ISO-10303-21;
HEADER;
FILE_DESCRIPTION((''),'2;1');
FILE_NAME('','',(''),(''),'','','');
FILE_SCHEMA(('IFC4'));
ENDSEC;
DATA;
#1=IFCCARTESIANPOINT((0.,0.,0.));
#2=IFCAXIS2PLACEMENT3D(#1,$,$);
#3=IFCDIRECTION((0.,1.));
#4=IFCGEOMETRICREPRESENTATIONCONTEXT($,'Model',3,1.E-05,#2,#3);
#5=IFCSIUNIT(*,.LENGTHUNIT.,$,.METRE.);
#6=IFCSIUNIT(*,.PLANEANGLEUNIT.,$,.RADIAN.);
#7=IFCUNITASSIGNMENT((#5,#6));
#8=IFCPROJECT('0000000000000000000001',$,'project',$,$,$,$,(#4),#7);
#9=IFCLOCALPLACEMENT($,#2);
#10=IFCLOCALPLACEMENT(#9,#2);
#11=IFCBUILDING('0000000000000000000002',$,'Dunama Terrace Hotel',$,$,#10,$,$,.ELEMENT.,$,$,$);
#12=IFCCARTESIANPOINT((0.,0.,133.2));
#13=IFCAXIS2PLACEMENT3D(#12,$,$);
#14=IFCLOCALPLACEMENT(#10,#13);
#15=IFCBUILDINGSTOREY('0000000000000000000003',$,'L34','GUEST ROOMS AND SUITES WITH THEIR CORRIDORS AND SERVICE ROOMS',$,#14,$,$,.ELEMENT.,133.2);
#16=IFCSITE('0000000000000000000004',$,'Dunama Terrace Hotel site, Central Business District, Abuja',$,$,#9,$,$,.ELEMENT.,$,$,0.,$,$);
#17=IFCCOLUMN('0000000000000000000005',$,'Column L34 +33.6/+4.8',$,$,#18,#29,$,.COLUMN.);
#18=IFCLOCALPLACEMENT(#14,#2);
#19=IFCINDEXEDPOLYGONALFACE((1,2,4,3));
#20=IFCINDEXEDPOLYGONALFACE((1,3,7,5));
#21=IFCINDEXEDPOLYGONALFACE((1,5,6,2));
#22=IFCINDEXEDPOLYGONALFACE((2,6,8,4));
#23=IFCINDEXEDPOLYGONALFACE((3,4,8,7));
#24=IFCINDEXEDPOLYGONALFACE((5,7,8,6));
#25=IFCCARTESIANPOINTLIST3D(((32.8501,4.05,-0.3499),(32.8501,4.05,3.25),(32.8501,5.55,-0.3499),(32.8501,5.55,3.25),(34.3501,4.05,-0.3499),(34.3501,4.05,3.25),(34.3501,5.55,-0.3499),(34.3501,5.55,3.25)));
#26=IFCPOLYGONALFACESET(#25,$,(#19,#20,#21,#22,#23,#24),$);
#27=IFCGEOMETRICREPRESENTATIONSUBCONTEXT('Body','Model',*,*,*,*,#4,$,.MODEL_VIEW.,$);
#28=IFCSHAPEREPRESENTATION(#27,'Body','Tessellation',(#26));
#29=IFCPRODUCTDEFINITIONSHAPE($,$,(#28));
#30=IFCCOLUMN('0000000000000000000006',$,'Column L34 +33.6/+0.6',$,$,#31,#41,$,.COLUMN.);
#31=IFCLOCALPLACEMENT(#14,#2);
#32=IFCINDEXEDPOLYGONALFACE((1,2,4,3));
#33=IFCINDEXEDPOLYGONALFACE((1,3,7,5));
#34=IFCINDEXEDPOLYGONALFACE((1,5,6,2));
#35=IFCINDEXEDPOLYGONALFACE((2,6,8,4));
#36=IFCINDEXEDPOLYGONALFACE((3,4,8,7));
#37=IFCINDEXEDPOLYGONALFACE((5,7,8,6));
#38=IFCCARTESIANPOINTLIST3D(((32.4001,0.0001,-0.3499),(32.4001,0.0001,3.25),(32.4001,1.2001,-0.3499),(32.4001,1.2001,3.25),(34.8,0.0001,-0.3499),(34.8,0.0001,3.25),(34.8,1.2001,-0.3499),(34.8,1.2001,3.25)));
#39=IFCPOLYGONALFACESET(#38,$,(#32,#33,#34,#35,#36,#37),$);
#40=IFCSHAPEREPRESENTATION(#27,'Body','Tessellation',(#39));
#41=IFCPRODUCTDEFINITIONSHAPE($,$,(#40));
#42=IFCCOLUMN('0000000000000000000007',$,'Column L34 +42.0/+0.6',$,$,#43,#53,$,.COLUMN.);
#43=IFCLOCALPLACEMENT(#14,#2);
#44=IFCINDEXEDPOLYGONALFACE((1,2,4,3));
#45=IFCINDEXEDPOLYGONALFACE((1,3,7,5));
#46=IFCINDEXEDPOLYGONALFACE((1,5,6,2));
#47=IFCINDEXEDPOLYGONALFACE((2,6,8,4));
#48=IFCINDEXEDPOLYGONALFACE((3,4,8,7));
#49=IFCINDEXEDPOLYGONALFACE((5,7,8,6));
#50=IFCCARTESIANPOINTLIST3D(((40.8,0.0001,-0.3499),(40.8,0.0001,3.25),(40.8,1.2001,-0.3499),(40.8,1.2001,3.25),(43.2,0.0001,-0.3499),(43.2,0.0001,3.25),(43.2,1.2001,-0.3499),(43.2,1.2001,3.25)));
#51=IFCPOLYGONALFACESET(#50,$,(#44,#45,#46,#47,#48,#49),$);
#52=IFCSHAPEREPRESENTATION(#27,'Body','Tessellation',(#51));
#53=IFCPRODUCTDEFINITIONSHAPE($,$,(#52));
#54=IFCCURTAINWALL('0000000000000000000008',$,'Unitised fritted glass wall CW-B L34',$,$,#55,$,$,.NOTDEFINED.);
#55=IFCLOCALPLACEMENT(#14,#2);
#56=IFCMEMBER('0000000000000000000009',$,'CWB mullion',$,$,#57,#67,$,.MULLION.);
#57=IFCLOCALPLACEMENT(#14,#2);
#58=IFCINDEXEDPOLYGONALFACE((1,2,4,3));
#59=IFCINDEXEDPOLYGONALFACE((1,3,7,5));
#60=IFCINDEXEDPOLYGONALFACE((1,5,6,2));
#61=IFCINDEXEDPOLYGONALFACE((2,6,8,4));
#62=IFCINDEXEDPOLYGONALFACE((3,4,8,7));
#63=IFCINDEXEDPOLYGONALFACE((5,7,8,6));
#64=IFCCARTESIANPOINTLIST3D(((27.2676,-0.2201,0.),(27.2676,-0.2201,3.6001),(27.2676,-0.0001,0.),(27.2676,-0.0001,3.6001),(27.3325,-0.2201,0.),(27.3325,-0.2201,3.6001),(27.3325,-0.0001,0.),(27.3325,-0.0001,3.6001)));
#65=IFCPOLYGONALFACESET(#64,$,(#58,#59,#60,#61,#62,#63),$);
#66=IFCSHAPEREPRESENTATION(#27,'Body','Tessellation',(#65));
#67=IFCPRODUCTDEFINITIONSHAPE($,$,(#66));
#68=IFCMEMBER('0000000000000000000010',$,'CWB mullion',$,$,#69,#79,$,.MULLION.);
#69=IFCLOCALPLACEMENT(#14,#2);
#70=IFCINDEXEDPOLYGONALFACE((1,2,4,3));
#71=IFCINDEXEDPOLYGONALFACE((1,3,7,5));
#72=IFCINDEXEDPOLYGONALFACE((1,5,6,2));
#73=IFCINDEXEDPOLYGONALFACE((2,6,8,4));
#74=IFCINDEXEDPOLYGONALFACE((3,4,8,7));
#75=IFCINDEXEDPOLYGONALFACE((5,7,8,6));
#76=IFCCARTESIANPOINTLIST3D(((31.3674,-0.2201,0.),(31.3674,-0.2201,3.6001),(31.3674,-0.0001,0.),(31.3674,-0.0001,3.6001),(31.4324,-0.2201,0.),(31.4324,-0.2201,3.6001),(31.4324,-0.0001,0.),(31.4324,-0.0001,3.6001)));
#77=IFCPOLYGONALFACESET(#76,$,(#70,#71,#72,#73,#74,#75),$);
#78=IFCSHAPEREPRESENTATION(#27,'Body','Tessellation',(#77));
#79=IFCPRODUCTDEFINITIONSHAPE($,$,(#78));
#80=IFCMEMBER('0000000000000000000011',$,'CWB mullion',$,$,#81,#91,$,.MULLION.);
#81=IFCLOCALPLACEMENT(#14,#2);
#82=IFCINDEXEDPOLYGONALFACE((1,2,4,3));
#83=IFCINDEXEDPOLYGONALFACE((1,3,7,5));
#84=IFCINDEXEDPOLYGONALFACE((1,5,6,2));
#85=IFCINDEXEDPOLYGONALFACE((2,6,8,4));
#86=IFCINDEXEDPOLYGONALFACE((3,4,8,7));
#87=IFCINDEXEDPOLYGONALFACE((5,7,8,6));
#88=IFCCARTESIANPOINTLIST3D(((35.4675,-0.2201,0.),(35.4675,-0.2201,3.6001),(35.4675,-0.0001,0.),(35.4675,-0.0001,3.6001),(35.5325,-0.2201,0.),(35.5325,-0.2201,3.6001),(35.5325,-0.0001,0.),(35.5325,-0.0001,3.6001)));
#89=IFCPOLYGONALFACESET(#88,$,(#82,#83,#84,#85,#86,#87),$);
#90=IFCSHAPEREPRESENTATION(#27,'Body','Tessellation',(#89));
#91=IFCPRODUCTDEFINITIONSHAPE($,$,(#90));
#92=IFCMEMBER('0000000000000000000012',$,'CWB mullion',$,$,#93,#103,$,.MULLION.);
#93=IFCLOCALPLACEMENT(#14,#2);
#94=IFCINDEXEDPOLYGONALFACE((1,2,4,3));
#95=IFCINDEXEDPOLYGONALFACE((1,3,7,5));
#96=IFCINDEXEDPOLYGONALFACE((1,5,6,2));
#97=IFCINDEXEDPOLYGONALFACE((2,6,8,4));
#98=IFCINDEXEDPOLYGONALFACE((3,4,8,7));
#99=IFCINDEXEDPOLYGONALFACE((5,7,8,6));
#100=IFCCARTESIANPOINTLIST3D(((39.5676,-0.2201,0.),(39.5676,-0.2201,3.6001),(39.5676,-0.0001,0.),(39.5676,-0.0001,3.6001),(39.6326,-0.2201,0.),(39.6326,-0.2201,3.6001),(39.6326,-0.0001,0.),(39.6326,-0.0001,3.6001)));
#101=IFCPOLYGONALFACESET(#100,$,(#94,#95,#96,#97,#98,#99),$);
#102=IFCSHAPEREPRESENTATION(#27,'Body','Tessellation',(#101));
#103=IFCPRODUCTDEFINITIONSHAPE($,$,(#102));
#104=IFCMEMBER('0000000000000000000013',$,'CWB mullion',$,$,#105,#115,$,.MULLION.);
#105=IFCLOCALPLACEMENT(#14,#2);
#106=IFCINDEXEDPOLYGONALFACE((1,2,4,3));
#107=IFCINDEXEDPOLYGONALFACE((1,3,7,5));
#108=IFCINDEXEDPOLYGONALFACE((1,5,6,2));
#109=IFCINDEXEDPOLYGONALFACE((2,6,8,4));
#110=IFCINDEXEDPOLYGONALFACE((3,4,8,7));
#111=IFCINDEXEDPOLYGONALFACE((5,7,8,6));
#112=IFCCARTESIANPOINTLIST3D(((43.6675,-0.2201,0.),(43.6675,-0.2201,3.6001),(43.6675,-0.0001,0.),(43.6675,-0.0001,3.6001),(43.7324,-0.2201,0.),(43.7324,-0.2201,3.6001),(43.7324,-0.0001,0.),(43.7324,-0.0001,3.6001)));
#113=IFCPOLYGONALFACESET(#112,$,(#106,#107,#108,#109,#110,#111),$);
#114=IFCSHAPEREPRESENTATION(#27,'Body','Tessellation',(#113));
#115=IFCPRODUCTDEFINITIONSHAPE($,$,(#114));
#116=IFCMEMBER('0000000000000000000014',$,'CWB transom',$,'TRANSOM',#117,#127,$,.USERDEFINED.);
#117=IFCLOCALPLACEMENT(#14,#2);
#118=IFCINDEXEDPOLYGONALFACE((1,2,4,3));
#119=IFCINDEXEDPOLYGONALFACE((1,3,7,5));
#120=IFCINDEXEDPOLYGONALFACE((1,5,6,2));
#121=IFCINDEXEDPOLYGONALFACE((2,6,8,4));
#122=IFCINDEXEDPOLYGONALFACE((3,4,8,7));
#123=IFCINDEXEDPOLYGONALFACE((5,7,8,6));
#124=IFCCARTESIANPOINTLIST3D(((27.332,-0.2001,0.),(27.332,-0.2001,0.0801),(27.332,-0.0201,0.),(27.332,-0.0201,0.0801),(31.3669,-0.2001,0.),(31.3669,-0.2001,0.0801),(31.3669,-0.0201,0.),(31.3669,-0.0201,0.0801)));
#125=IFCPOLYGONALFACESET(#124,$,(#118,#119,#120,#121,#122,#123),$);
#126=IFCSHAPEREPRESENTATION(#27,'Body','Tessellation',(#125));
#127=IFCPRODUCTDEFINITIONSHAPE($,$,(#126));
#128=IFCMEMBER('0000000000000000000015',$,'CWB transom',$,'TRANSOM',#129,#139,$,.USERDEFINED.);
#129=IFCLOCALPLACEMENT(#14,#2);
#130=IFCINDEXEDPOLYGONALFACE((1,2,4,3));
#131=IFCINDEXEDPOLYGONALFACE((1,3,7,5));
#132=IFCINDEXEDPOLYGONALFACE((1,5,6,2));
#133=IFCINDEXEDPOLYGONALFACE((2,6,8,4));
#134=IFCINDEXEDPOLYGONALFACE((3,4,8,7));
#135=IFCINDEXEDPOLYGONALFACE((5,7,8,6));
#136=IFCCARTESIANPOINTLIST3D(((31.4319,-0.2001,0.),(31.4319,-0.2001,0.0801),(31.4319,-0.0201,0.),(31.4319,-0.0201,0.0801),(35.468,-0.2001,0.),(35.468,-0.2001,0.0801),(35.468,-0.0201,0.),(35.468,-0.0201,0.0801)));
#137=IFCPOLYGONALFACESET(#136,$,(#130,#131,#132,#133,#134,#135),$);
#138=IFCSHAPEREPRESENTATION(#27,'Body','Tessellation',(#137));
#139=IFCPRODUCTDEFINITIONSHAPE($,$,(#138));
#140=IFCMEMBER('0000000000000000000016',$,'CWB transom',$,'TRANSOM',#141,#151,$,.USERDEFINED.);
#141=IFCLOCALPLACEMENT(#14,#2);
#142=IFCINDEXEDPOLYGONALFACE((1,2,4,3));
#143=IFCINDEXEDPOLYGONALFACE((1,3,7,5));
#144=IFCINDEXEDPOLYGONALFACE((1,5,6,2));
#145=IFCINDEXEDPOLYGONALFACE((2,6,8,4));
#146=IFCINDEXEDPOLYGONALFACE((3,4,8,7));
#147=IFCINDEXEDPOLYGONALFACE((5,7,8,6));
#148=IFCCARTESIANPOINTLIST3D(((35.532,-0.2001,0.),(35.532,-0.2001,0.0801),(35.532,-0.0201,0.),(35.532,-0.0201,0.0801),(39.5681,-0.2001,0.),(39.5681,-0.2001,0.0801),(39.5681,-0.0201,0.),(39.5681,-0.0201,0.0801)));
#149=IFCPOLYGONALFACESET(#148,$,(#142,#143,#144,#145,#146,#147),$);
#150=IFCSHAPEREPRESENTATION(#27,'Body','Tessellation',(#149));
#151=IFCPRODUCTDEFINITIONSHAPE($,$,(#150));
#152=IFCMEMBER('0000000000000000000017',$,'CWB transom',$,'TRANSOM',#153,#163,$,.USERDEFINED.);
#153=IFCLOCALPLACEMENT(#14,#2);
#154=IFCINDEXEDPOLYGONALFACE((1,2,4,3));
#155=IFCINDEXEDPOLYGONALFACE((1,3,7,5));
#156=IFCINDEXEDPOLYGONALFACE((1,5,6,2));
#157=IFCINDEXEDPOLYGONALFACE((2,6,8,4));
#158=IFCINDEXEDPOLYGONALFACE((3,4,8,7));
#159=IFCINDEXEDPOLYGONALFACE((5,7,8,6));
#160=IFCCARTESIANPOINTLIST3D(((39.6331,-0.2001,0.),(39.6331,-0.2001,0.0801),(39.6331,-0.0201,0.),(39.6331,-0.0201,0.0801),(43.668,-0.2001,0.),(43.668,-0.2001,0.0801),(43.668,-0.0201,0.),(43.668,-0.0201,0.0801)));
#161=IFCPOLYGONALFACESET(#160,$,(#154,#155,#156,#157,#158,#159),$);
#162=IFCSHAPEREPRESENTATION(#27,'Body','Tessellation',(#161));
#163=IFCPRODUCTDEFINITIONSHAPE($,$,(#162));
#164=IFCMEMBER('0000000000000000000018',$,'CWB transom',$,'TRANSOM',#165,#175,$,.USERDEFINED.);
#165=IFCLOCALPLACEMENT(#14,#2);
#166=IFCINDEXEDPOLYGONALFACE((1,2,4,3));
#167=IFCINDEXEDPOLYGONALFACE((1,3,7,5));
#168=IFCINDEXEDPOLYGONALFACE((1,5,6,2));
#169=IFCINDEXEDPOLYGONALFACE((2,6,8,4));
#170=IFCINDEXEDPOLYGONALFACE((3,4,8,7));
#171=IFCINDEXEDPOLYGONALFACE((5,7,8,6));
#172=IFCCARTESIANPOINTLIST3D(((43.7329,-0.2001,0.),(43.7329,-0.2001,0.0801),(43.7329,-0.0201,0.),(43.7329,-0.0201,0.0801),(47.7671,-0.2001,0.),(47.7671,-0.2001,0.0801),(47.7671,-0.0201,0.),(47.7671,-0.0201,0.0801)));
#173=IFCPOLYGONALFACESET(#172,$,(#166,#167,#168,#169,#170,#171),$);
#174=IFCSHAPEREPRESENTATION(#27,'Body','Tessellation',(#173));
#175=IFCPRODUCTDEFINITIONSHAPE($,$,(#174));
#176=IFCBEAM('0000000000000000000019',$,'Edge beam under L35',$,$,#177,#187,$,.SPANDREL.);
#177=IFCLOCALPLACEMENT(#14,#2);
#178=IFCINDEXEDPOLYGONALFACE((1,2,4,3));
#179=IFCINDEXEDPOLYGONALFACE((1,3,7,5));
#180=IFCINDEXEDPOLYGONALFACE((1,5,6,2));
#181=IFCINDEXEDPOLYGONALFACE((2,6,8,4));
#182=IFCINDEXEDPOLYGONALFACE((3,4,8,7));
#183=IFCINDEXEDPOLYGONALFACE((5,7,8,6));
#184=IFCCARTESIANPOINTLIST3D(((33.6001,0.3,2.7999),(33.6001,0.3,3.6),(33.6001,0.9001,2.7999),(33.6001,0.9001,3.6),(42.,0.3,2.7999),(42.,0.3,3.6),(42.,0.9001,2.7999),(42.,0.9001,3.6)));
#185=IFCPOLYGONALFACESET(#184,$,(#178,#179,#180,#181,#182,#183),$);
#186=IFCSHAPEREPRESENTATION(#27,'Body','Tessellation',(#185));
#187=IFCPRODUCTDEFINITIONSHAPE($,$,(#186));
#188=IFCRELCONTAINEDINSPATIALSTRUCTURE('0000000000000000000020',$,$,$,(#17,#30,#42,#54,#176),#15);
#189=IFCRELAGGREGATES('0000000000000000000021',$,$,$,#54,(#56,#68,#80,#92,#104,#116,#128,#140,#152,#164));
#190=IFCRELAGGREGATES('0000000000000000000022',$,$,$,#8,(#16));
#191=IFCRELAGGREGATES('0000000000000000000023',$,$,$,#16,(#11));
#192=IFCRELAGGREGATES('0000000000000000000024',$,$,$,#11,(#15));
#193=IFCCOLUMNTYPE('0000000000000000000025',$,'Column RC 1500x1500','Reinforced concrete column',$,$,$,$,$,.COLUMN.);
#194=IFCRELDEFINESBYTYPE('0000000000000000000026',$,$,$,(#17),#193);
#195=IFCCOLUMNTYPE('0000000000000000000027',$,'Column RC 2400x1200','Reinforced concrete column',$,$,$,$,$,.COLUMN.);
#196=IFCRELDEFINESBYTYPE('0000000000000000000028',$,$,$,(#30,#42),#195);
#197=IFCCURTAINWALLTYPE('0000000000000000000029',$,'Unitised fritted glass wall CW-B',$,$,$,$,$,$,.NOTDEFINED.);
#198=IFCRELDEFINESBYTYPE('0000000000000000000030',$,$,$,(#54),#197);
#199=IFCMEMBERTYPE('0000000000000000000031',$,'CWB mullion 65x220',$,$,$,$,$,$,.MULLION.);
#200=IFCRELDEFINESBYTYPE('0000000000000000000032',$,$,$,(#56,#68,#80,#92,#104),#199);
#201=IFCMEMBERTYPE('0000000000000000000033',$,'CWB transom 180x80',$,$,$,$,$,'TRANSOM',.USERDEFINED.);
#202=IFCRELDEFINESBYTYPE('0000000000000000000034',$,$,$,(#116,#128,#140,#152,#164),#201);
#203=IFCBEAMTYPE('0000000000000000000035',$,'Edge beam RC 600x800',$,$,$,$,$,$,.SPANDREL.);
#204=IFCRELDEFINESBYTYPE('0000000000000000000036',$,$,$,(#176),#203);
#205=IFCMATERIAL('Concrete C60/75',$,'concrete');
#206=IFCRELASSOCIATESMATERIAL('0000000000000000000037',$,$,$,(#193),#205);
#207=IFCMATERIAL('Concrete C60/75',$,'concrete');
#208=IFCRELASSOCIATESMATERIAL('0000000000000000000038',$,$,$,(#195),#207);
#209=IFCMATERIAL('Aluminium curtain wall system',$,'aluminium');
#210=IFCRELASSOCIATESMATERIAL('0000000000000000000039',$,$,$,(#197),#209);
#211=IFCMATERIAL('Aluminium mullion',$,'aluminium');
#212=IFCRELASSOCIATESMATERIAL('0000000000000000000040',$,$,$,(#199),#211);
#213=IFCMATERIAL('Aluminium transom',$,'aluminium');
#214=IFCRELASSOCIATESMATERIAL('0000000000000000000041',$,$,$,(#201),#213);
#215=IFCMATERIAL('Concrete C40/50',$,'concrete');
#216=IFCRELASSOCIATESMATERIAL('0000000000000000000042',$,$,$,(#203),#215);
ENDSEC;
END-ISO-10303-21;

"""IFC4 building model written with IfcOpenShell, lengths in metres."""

from ifc_helpers import new_model, si_unit, direction, frame, origin, origin_2d, place, context, subcontext, project, spatial, rectangle, extrude, material, material_profile, profile_set, type_object, element, aggregate, save


model = new_model("IFC4")

# Units and contexts
model_context = context("Model", 3, precision=1e-05, world=origin(), true_north=direction((0.0, 1.0)))
body_context = subcontext(model_context, "Body", "Model", "MODEL_VIEW")
ifc_project = project(units=[si_unit("LENGTHUNIT", "METRE"), si_unit("PLANEANGLEUNIT", "RADIAN")], contexts=[model_context])

# Site, building, storey
site_placement = place(None, origin())
site = spatial("IfcSite", under=ifc_project, at=site_placement, Name="Dunama Terrace Hotel site, Central Business District, Abuja", CompositionType="ELEMENT", RefElevation=0.0)
building_placement = place(site_placement, origin())
building = spatial("IfcBuilding", under=site, at=building_placement, Name="Dunama Terrace Hotel", CompositionType="ELEMENT")
storey_placement = place(building_placement, frame((0.0, 0.0, 133.2)))
storey = spatial("IfcBuildingStorey", under=building, at=storey_placement, Name="L34", Description="GUEST ROOMS AND SUITES WITH THEIR CORRIDORS AND SERVICE ROOMS", CompositionType="ELEMENT", Elevation=133.2)

# Columns
ifc_material_1 = material(Name="Concrete C60/75", Category="concrete")
ifc_material_profile_1 = material_profile(ifc_material_1, rectangle(XDim=1.5, YDim=1.5, at=origin_2d()), Name="RC 1500x1500")
ifc_profile_set_1 = profile_set([ifc_material_profile_1], Name="Concrete C60/75")
column_type_1 = type_object("IfcColumnType", Name="Column RC 1500x1500", Description="Reinforced concrete column", PredefinedType="COLUMN", material=ifc_profile_set_1)
column_placement = place(storey_placement, frame((33.6001, 4.8, -0.3499), z_axis=(0.0, 0.0, 1.0), x_axis=(1.0, 0.0, 0.0)))
element("IfcColumn", 1, at=column_placement, inside=storey, type_object=column_type_1, Name="Column L34 +33.6/+4.8", PredefinedType="COLUMN", context=body_context, shape_type="SweptSolid", body=[
    extrude(rectangle(XDim=1.5, YDim=1.5, at=origin_2d()), origin(), (0.0, 0.0, 1.0), 3.5999),
])
ifc_material_2 = material(Name="Concrete C60/75", Category="concrete")
ifc_material_profile_2 = material_profile(ifc_material_2, rectangle(XDim=2.3999, YDim=1.2, at=origin_2d()), Name="RC 2400x1200")
ifc_profile_set_2 = profile_set([ifc_material_profile_2], Name="Concrete C60/75")
column_type_2 = type_object("IfcColumnType", Name="Column RC 2400x1200", Description="Reinforced concrete column", PredefinedType="COLUMN", material=ifc_profile_set_2)
for number, where, z_axis, x_axis, name in (
    (2, (33.6001, 0.6001, -0.3499), (0.0, 0.0, 1.0), (1.0, 0.0, 0.0), "Column L34 +33.6/+0.6"),
    (3, (42.0, 0.6001, -0.3499), (0.0, 0.0, 1.0), (1.0, 0.0, 0.0), "Column L34 +42.0/+0.6"),
):
    element("IfcColumn", number, at=place(storey_placement, frame(where, z_axis=z_axis, x_axis=x_axis)), inside=storey, type_object=column_type_2, Name=name, PredefinedType="COLUMN", context=body_context, shape_type="SweptSolid", body=[
        extrude(rectangle(XDim=2.3999, YDim=1.2, at=origin_2d()), origin(), (0.0, 0.0, 1.0), 3.5999),
    ])

# Curtain wall, members
ifc_material_3 = material(Name="Aluminium curtain wall system", Category="aluminium")
curtain_wall_type = type_object("IfcCurtainWallType", Name="Unitised fritted glass wall CW-B", PredefinedType="NOTDEFINED", material=ifc_material_3)
curtain_wall_placement = place(storey_placement, origin())
curtain_wall = element("IfcCurtainWall", 4, at=curtain_wall_placement, inside=storey, type_object=curtain_wall_type, Name="Unitised fritted glass wall CW-B L34", PredefinedType="NOTDEFINED")
ifc_material_4 = material(Name="Aluminium mullion", Category="aluminium")
ifc_material_profile_3 = material_profile(ifc_material_4, rectangle(XDim=0.0649, YDim=0.22, at=origin_2d()), Name="CWB MULLION 65X220")
ifc_profile_set_3 = profile_set([ifc_material_profile_3], Name="Aluminium mullion")
member_type_1 = type_object("IfcMemberType", Name="CWB mullion 65x220", PredefinedType="MULLION", material=ifc_profile_set_3)
member_1_placement = place(storey_placement, frame((27.3, -0.1101, 0.0), z_axis=(0.0, 0.0, 1.0), x_axis=(1.0, 0.0, 0.0)))
member_1 = element("IfcMember", 5, at=member_1_placement, type_object=member_type_1, Name="CWB mullion", PredefinedType="MULLION", context=body_context, shape_type="SweptSolid", body=[
    extrude(rectangle(XDim=0.0649, YDim=0.22, at=origin_2d()), origin(), (0.0, 0.0, 1.0), 3.6001),
])
member_2_placement = place(storey_placement, frame((31.3999, -0.1101, 0.0), z_axis=(0.0, 0.0, 1.0), x_axis=(1.0, 0.0, 0.0)))
member_2 = element("IfcMember", 6, at=member_2_placement, type_object=member_type_1, Name="CWB mullion", PredefinedType="MULLION", context=body_context, shape_type="SweptSolid", body=[
    extrude(rectangle(XDim=0.0649, YDim=0.22, at=origin_2d()), origin(), (0.0, 0.0, 1.0), 3.6001),
])
member_3_placement = place(storey_placement, frame((35.5, -0.1101, 0.0), z_axis=(0.0, 0.0, 1.0), x_axis=(1.0, 0.0, 0.0)))
member_3 = element("IfcMember", 7, at=member_3_placement, type_object=member_type_1, Name="CWB mullion", PredefinedType="MULLION", context=body_context, shape_type="SweptSolid", body=[
    extrude(rectangle(XDim=0.0649, YDim=0.22, at=origin_2d()), origin(), (0.0, 0.0, 1.0), 3.6001),
])
member_4_placement = place(storey_placement, frame((39.6001, -0.1101, 0.0), z_axis=(0.0, 0.0, 1.0), x_axis=(1.0, 0.0, 0.0)))
member_4 = element("IfcMember", 8, at=member_4_placement, type_object=member_type_1, Name="CWB mullion", PredefinedType="MULLION", context=body_context, shape_type="SweptSolid", body=[
    extrude(rectangle(XDim=0.0649, YDim=0.22, at=origin_2d()), origin(), (0.0, 0.0, 1.0), 3.6001),
])
member_5_placement = place(storey_placement, frame((43.7, -0.1101, 0.0), z_axis=(0.0, 0.0, 1.0), x_axis=(1.0, 0.0, 0.0)))
member_5 = element("IfcMember", 9, at=member_5_placement, type_object=member_type_1, Name="CWB mullion", PredefinedType="MULLION", context=body_context, shape_type="SweptSolid", body=[
    extrude(rectangle(XDim=0.0649, YDim=0.22, at=origin_2d()), origin(), (0.0, 0.0, 1.0), 3.6001),
])
ifc_material_5 = material(Name="Aluminium transom", Category="aluminium")
ifc_material_profile_4 = material_profile(ifc_material_5, rectangle(XDim=0.1799, YDim=0.0801, at=origin_2d()), Name="CWB TRANSOM 180X80")
ifc_profile_set_4 = profile_set([ifc_material_profile_4], Name="Aluminium transom")
member_type_2 = type_object("IfcMemberType", Name="CWB transom 180x80", ElementType="TRANSOM", PredefinedType="USERDEFINED", material=ifc_profile_set_4)
member_6_placement = place(storey_placement, frame((27.332, -0.1101, 0.04), z_axis=(1.0, 0.0, 0.0), x_axis=(0.0, 1.0, 0.0)))
member_6 = element("IfcMember", 10, at=member_6_placement, type_object=member_type_2, Name="CWB transom", ObjectType="TRANSOM", PredefinedType="USERDEFINED", context=body_context, shape_type="SweptSolid", body=[
    extrude(rectangle(XDim=0.1799, YDim=0.0801, at=origin_2d()), origin(), (0.0, 0.0, 1.0), 4.0349),
])
member_7_placement = place(storey_placement, frame((31.4319, -0.1101, 0.04), z_axis=(1.0, 0.0, 0.0), x_axis=(0.0, 1.0, 0.0)))
member_7 = element("IfcMember", 11, at=member_7_placement, type_object=member_type_2, Name="CWB transom", ObjectType="TRANSOM", PredefinedType="USERDEFINED", context=body_context, shape_type="SweptSolid", body=[
    extrude(rectangle(XDim=0.1799, YDim=0.0801, at=origin_2d()), origin(), (0.0, 0.0, 1.0), 4.0361),
])
member_8_placement = place(storey_placement, frame((35.532, -0.1101, 0.04), z_axis=(1.0, 0.0, 0.0), x_axis=(0.0, 1.0, 0.0)))
member_8 = element("IfcMember", 12, at=member_8_placement, type_object=member_type_2, Name="CWB transom", ObjectType="TRANSOM", PredefinedType="USERDEFINED", context=body_context, shape_type="SweptSolid", body=[
    extrude(rectangle(XDim=0.1799, YDim=0.0801, at=origin_2d()), origin(), (0.0, 0.0, 1.0), 4.0361),
])
member_9_placement = place(storey_placement, frame((39.6331, -0.1101, 0.04), z_axis=(1.0, 0.0, 0.0), x_axis=(0.0, 1.0, 0.0)))
member_9 = element("IfcMember", 13, at=member_9_placement, type_object=member_type_2, Name="CWB transom", ObjectType="TRANSOM", PredefinedType="USERDEFINED", context=body_context, shape_type="SweptSolid", body=[
    extrude(rectangle(XDim=0.1799, YDim=0.0801, at=origin_2d()), origin(), (0.0, 0.0, 1.0), 4.0349),
])
member_10_placement = place(storey_placement, frame((43.7329, -0.1101, 0.04), z_axis=(1.0, 0.0, 0.0), x_axis=(0.0, 1.0, 0.0)))
member_10 = element("IfcMember", 14, at=member_10_placement, type_object=member_type_2, Name="CWB transom", ObjectType="TRANSOM", PredefinedType="USERDEFINED", context=body_context, shape_type="SweptSolid", body=[
    extrude(rectangle(XDim=0.1799, YDim=0.0801, at=origin_2d()), origin(), (0.0, 0.0, 1.0), 4.0342),
])

# Beam
ifc_material_6 = material(Name="Concrete C40/50", Category="concrete")
ifc_material_profile_5 = material_profile(ifc_material_6, rectangle(XDim=0.6001, YDim=0.8, at=origin_2d()), Name="RC 600x800")
ifc_profile_set_5 = profile_set([ifc_material_profile_5], Name="Concrete C40/50")
beam_type = type_object("IfcBeamType", Name="Edge beam RC 600x800", PredefinedType="SPANDREL", material=ifc_profile_set_5)
for number, where, z_axis, x_axis, name in (
    (15, (33.6001, 0.6001, 3.2), (1.0, 0.0, 0.0), (0.0, 1.0, 0.0), "Edge beam under L35"),
):
    element("IfcBeam", number, at=place(storey_placement, frame(where, z_axis=z_axis, x_axis=x_axis)), inside=storey, type_object=beam_type, Name=name, PredefinedType="SPANDREL", context=body_context, shape_type="SweptSolid", body=[
        extrude(rectangle(XDim=0.6001, YDim=0.8, at=origin_2d()), origin(), (0.0, 0.0, 1.0), 8.3999),
    ])

aggregate(curtain_wall, [member_1, member_2, member_3, member_4, member_5, member_6, member_7, member_8, member_9, member_10])

save(model, "model.ifc")
